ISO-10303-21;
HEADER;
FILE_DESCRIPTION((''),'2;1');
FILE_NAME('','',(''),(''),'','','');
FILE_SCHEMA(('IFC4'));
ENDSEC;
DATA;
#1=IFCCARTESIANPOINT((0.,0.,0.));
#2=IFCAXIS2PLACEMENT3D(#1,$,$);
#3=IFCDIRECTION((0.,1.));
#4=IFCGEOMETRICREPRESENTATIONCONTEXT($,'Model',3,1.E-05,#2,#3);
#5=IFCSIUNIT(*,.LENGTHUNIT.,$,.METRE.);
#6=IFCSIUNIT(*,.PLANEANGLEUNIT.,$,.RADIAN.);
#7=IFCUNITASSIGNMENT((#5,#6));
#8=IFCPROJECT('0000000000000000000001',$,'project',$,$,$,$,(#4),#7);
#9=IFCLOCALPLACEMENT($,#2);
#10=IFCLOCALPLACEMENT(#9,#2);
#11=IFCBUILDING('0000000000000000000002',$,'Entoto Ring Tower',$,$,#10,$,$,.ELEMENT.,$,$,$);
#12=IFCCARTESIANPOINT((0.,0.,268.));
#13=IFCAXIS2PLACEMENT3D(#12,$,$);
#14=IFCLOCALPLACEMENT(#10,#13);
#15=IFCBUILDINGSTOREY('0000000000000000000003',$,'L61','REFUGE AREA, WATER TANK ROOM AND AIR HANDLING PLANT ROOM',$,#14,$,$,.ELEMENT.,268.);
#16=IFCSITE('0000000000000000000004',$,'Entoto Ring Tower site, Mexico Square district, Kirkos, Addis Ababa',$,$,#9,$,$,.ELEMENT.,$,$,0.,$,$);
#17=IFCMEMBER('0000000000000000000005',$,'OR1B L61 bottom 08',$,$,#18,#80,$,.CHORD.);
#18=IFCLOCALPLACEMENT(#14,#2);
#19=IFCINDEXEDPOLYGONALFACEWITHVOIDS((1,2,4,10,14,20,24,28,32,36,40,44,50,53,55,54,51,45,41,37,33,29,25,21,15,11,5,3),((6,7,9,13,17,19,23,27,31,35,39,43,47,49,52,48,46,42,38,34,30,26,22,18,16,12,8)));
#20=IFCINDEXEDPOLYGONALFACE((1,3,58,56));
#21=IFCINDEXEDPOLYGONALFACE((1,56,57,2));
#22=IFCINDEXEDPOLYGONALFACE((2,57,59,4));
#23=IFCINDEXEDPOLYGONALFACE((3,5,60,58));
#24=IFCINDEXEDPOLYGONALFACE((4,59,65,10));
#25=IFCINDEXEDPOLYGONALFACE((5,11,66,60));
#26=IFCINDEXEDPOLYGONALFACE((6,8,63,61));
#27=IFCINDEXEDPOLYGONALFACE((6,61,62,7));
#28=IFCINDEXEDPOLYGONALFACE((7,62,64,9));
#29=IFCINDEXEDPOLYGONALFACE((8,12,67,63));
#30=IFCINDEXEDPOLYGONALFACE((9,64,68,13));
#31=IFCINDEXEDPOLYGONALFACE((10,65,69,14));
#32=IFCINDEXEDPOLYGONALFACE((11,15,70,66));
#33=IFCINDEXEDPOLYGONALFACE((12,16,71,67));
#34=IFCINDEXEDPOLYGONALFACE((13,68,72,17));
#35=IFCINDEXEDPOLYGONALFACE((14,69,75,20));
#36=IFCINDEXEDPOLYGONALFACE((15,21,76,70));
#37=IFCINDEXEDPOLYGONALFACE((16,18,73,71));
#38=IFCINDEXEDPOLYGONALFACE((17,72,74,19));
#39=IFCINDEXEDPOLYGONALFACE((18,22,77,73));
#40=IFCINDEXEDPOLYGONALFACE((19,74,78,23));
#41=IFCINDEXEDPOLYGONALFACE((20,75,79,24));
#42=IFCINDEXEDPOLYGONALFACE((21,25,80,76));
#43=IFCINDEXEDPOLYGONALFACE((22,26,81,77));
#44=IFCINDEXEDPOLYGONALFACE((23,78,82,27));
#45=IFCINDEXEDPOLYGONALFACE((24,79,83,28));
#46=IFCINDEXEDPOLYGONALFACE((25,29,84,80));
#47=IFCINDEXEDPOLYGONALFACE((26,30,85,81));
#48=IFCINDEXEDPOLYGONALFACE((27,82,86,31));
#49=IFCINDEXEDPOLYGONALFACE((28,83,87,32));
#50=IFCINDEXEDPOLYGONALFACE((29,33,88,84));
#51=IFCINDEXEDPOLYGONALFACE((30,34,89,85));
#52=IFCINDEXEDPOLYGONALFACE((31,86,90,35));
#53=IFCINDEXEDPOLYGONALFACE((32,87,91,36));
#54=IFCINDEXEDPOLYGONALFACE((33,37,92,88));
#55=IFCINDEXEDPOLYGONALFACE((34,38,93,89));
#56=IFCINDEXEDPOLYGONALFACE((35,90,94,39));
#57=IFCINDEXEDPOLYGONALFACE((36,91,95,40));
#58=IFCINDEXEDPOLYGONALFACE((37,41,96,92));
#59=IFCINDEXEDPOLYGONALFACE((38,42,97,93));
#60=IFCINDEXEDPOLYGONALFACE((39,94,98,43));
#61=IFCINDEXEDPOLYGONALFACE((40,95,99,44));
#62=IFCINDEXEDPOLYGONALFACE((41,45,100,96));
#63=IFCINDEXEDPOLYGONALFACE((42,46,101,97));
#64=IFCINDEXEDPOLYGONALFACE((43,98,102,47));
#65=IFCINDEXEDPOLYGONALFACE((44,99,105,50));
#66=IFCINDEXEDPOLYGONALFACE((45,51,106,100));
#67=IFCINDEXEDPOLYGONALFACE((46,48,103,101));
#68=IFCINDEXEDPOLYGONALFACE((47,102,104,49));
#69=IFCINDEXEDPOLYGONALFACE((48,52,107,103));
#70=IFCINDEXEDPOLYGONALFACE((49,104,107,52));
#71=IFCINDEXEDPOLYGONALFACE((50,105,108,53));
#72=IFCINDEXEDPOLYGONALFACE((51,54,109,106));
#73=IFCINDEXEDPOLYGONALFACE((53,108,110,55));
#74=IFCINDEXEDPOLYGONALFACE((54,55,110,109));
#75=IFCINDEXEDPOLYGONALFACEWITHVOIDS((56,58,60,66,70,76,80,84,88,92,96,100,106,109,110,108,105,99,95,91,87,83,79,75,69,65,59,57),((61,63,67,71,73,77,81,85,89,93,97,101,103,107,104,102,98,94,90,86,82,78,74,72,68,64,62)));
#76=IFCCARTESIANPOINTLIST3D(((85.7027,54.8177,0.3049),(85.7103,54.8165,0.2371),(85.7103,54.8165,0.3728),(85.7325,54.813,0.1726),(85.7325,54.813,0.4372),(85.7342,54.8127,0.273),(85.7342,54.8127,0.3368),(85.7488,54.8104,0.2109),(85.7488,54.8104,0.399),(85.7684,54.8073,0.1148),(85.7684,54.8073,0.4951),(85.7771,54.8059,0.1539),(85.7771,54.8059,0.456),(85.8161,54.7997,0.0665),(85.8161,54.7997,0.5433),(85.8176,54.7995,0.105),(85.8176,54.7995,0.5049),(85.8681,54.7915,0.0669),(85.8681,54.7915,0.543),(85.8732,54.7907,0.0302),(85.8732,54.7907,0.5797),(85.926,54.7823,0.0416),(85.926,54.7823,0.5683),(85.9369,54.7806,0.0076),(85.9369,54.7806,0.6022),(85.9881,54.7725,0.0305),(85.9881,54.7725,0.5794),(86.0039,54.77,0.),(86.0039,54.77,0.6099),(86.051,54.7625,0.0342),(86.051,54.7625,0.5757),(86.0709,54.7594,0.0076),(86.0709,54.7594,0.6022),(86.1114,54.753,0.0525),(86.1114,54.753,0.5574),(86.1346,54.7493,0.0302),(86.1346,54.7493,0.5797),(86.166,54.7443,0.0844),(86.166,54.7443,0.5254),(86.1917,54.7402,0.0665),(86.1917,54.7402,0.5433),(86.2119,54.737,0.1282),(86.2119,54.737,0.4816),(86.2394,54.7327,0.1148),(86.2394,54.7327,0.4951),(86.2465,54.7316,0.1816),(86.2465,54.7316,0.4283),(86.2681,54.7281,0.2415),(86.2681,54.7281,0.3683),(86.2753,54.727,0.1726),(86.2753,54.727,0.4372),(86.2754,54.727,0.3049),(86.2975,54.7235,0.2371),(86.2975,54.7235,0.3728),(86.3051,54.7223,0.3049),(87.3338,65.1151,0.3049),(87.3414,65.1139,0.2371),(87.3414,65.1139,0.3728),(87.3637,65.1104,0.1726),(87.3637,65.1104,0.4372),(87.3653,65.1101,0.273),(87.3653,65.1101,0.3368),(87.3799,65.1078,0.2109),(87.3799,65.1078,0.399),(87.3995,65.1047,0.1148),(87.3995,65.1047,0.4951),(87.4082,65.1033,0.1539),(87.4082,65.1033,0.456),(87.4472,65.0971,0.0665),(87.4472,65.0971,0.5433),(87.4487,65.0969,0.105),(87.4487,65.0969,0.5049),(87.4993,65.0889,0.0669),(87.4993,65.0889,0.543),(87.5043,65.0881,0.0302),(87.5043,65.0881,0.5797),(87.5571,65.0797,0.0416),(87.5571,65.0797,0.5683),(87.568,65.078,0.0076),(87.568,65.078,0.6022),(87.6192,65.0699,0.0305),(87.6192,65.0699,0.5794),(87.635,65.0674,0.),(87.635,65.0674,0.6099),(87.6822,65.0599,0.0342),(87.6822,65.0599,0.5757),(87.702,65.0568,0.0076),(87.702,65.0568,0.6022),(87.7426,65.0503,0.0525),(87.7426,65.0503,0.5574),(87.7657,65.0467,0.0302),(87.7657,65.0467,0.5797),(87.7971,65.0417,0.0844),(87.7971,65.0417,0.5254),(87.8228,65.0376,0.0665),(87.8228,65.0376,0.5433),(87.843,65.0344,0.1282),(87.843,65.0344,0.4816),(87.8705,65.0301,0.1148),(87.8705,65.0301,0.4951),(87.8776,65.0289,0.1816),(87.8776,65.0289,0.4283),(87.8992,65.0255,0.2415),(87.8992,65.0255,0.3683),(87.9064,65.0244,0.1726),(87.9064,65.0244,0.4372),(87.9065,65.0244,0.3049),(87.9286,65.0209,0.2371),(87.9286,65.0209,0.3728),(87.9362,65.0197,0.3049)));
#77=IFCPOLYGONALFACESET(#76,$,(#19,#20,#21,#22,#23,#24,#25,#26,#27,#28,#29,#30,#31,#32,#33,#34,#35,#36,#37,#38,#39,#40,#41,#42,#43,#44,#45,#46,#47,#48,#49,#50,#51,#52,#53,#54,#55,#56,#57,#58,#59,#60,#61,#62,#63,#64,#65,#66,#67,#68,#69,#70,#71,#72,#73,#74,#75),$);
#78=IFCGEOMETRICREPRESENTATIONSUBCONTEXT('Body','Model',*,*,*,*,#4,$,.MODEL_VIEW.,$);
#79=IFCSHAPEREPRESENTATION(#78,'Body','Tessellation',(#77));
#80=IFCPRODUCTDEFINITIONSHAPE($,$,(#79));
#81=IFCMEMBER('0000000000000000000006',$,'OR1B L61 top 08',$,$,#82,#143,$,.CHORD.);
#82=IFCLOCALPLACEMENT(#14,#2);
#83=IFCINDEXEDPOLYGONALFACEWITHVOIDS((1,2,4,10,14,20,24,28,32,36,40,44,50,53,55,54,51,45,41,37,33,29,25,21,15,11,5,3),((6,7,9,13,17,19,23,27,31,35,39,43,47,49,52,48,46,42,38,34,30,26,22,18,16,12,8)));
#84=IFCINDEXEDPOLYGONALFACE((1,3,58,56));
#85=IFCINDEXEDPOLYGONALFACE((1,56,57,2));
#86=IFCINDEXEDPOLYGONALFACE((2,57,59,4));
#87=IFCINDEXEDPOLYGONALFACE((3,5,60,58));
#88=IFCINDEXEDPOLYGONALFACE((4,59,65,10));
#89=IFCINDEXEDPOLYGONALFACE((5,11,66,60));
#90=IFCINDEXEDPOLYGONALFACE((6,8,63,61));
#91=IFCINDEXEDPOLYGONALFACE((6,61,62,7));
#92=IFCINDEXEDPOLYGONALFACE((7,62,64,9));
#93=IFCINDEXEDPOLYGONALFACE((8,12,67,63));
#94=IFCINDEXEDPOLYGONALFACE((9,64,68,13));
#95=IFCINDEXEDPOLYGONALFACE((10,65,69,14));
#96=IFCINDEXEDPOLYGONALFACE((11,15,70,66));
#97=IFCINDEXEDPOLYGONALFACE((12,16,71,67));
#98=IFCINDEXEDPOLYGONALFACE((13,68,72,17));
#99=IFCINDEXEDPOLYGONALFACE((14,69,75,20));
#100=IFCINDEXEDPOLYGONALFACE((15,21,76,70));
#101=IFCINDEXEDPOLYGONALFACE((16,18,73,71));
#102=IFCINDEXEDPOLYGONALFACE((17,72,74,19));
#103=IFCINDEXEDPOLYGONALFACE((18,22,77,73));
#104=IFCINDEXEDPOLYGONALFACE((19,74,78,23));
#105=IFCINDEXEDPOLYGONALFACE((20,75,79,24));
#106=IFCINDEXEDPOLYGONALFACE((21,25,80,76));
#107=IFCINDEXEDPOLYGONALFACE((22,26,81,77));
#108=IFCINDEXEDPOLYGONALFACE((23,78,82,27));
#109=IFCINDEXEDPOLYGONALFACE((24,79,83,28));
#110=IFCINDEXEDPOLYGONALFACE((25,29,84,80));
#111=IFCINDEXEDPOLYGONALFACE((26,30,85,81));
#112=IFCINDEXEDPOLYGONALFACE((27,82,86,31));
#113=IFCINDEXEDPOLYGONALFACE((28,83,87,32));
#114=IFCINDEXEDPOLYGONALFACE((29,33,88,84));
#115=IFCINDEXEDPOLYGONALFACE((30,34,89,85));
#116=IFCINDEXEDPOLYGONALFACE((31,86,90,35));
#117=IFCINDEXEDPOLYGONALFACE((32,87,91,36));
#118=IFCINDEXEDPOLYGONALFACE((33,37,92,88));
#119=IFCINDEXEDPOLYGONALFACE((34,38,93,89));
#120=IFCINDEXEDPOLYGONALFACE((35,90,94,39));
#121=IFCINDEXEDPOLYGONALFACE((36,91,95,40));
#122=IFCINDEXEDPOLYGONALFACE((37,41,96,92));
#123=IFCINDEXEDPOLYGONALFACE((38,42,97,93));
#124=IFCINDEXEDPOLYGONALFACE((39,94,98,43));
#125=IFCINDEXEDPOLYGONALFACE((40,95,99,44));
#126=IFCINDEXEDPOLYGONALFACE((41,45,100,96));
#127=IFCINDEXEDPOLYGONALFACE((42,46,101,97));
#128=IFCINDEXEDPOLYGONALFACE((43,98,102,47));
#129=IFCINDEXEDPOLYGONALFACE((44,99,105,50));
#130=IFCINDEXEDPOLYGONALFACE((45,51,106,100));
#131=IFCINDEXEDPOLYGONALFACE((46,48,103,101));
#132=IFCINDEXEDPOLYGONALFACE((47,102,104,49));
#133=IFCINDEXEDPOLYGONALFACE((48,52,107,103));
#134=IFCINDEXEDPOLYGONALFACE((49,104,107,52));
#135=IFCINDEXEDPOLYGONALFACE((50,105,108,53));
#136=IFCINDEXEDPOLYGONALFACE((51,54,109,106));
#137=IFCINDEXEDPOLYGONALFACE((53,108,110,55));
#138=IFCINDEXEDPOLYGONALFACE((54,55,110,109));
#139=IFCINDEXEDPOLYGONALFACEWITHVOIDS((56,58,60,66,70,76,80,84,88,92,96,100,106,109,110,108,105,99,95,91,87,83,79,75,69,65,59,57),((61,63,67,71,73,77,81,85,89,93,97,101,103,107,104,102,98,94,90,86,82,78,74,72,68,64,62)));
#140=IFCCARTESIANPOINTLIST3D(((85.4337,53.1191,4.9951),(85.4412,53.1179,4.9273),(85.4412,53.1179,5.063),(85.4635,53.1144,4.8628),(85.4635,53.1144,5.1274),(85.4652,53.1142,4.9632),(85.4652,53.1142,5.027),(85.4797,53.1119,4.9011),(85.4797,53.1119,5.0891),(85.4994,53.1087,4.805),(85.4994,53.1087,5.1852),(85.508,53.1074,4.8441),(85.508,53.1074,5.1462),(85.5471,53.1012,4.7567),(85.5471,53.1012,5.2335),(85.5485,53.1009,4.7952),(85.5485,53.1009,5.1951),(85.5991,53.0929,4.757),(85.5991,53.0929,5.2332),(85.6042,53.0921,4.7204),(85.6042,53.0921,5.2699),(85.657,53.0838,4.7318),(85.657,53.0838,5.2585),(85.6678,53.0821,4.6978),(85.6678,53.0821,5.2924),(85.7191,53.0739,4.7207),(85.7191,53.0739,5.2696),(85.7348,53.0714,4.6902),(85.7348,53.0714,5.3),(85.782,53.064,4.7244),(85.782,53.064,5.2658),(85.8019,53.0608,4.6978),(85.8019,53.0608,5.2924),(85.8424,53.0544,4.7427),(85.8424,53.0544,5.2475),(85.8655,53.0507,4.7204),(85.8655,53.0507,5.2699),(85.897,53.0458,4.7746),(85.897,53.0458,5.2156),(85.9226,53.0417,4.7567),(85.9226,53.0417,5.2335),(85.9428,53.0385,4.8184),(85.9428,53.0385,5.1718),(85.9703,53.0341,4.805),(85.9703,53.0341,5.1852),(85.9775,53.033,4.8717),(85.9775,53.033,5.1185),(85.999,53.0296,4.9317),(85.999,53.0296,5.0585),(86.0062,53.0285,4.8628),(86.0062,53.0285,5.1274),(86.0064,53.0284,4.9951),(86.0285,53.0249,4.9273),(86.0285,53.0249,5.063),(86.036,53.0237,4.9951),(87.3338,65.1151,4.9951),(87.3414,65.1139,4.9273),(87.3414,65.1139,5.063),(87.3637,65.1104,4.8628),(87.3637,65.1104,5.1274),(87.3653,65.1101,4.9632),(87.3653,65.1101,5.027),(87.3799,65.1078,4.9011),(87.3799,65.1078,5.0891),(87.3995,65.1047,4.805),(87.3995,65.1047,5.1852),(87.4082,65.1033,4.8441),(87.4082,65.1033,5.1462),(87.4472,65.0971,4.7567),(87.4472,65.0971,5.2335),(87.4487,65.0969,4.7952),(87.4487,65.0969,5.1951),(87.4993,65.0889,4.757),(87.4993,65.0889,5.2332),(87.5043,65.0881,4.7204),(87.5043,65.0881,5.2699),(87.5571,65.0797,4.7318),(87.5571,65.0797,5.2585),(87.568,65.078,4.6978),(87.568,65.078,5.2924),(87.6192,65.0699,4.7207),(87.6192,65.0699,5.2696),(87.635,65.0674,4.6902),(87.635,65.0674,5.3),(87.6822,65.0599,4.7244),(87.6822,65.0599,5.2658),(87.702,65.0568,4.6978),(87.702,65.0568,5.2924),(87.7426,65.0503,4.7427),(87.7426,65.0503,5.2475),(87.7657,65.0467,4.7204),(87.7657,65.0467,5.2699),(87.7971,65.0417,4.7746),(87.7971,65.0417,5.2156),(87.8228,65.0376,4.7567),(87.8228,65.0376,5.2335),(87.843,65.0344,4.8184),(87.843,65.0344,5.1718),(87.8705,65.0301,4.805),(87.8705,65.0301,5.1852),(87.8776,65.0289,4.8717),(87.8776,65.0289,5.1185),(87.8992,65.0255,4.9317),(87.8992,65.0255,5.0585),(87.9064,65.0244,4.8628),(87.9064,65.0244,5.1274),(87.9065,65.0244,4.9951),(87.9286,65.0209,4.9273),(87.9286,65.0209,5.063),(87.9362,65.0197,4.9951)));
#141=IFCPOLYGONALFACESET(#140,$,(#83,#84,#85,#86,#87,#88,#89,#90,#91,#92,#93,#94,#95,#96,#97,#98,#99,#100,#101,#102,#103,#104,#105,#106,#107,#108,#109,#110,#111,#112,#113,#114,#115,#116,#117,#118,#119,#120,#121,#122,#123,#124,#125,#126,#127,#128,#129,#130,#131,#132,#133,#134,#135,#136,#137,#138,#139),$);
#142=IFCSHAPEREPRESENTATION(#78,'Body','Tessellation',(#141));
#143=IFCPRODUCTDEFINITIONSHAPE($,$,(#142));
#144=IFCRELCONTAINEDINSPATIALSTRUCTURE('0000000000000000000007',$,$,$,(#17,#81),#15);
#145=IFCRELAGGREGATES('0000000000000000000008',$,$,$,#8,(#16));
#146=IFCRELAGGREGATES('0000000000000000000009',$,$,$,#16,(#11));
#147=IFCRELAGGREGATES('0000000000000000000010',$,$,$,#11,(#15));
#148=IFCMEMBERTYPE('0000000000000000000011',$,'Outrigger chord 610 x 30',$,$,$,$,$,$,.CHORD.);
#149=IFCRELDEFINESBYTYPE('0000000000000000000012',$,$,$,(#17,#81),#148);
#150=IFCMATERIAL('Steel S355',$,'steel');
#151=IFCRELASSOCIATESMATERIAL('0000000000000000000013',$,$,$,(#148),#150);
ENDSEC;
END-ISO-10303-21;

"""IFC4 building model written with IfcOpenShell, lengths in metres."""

from ifc_helpers import new_model, si_unit, direction, frame, origin, origin_2d, place, context, subcontext, project, spatial, circle, hollow_circle, extrude, material, material_profile, profile_set, type_object, element, save


model = new_model("IFC4")

# Units and contexts
model_context = context("Model", 3, precision=1e-05, world=origin(), true_north=direction((0.0, 1.0)))
body_context = subcontext(model_context, "Body", "Model", "MODEL_VIEW")
ifc_project = project(units=[si_unit("LENGTHUNIT", "METRE"), si_unit("PLANEANGLEUNIT", "RADIAN")], contexts=[model_context])

# Site, building, storey
site_placement = place(None, origin())
site = spatial("IfcSite", under=ifc_project, at=site_placement, Name="Entoto Ring Tower site, Mexico Square district, Kirkos, Addis Ababa", CompositionType="ELEMENT", RefElevation=0.0)
building_placement = place(site_placement, origin())
building = spatial("IfcBuilding", under=site, at=building_placement, Name="Entoto Ring Tower", CompositionType="ELEMENT")
storey_placement = place(building_placement, frame((0.0, 0.0, 268.0)))
storey = spatial("IfcBuildingStorey", under=building, at=storey_placement, Name="L61", Description="REFUGE AREA, WATER TANK ROOM AND AIR HANDLING PLANT ROOM", CompositionType="ELEMENT", Elevation=268.0)

# Members
ifc_material_1 = material(Name="Steel S355", Category="steel")
ifc_material_profile_1 = material_profile(ifc_material_1, hollow_circle(Radius=0.3049, WallThickness=0.03, at=origin_2d()), Name="CHS 610 x 30")
ifc_material_2 = material(Name="Concrete C60/75", Category="concrete")
ifc_material_profile_2 = material_profile(ifc_material_2, circle(Radius=0.2749, at=origin_2d()), Name="Concrete C60/75 infill")
ifc_profile_set_1 = profile_set([ifc_material_profile_1, ifc_material_profile_2], Name="Steel S355")
member_type_1 = type_object("IfcMemberType", Name="Outrigger chord 610 x 30", PredefinedType="CHORD", material=ifc_profile_set_1)
member_1_placement = place(storey_placement, frame((87.635, 65.0674, 0.3049), z_axis=(-0.15645, -0.987686, 0.0), x_axis=(0.987686, -0.15645, 0.0)))
element("IfcMember", 1, at=member_1_placement, inside=storey, type_object=member_type_1, Name="OR1B L61 bottom 08", PredefinedType="CHORD", context=body_context, shape_type="SweptSolid", body=[
    extrude(hollow_circle(Radius=0.3049, WallThickness=0.03, at=origin_2d()), origin(), (0.0, 0.0, 1.0), 10.4258),
])
member_2_placement = place(storey_placement, frame((87.635, 65.0674, 4.9951), z_axis=(-0.15645, -0.987686, 0.0), x_axis=(0.987686, -0.15645, 0.0)))
element("IfcMember", 2, at=member_2_placement, inside=storey, type_object=member_type_1, Name="OR1B L61 top 08", PredefinedType="CHORD", context=body_context, shape_type="SweptSolid", body=[
    extrude(hollow_circle(Radius=0.3049, WallThickness=0.03, at=origin_2d()), origin(), (0.0, 0.0, 1.0), 12.1455),
])

save(model, "model.ifc")
